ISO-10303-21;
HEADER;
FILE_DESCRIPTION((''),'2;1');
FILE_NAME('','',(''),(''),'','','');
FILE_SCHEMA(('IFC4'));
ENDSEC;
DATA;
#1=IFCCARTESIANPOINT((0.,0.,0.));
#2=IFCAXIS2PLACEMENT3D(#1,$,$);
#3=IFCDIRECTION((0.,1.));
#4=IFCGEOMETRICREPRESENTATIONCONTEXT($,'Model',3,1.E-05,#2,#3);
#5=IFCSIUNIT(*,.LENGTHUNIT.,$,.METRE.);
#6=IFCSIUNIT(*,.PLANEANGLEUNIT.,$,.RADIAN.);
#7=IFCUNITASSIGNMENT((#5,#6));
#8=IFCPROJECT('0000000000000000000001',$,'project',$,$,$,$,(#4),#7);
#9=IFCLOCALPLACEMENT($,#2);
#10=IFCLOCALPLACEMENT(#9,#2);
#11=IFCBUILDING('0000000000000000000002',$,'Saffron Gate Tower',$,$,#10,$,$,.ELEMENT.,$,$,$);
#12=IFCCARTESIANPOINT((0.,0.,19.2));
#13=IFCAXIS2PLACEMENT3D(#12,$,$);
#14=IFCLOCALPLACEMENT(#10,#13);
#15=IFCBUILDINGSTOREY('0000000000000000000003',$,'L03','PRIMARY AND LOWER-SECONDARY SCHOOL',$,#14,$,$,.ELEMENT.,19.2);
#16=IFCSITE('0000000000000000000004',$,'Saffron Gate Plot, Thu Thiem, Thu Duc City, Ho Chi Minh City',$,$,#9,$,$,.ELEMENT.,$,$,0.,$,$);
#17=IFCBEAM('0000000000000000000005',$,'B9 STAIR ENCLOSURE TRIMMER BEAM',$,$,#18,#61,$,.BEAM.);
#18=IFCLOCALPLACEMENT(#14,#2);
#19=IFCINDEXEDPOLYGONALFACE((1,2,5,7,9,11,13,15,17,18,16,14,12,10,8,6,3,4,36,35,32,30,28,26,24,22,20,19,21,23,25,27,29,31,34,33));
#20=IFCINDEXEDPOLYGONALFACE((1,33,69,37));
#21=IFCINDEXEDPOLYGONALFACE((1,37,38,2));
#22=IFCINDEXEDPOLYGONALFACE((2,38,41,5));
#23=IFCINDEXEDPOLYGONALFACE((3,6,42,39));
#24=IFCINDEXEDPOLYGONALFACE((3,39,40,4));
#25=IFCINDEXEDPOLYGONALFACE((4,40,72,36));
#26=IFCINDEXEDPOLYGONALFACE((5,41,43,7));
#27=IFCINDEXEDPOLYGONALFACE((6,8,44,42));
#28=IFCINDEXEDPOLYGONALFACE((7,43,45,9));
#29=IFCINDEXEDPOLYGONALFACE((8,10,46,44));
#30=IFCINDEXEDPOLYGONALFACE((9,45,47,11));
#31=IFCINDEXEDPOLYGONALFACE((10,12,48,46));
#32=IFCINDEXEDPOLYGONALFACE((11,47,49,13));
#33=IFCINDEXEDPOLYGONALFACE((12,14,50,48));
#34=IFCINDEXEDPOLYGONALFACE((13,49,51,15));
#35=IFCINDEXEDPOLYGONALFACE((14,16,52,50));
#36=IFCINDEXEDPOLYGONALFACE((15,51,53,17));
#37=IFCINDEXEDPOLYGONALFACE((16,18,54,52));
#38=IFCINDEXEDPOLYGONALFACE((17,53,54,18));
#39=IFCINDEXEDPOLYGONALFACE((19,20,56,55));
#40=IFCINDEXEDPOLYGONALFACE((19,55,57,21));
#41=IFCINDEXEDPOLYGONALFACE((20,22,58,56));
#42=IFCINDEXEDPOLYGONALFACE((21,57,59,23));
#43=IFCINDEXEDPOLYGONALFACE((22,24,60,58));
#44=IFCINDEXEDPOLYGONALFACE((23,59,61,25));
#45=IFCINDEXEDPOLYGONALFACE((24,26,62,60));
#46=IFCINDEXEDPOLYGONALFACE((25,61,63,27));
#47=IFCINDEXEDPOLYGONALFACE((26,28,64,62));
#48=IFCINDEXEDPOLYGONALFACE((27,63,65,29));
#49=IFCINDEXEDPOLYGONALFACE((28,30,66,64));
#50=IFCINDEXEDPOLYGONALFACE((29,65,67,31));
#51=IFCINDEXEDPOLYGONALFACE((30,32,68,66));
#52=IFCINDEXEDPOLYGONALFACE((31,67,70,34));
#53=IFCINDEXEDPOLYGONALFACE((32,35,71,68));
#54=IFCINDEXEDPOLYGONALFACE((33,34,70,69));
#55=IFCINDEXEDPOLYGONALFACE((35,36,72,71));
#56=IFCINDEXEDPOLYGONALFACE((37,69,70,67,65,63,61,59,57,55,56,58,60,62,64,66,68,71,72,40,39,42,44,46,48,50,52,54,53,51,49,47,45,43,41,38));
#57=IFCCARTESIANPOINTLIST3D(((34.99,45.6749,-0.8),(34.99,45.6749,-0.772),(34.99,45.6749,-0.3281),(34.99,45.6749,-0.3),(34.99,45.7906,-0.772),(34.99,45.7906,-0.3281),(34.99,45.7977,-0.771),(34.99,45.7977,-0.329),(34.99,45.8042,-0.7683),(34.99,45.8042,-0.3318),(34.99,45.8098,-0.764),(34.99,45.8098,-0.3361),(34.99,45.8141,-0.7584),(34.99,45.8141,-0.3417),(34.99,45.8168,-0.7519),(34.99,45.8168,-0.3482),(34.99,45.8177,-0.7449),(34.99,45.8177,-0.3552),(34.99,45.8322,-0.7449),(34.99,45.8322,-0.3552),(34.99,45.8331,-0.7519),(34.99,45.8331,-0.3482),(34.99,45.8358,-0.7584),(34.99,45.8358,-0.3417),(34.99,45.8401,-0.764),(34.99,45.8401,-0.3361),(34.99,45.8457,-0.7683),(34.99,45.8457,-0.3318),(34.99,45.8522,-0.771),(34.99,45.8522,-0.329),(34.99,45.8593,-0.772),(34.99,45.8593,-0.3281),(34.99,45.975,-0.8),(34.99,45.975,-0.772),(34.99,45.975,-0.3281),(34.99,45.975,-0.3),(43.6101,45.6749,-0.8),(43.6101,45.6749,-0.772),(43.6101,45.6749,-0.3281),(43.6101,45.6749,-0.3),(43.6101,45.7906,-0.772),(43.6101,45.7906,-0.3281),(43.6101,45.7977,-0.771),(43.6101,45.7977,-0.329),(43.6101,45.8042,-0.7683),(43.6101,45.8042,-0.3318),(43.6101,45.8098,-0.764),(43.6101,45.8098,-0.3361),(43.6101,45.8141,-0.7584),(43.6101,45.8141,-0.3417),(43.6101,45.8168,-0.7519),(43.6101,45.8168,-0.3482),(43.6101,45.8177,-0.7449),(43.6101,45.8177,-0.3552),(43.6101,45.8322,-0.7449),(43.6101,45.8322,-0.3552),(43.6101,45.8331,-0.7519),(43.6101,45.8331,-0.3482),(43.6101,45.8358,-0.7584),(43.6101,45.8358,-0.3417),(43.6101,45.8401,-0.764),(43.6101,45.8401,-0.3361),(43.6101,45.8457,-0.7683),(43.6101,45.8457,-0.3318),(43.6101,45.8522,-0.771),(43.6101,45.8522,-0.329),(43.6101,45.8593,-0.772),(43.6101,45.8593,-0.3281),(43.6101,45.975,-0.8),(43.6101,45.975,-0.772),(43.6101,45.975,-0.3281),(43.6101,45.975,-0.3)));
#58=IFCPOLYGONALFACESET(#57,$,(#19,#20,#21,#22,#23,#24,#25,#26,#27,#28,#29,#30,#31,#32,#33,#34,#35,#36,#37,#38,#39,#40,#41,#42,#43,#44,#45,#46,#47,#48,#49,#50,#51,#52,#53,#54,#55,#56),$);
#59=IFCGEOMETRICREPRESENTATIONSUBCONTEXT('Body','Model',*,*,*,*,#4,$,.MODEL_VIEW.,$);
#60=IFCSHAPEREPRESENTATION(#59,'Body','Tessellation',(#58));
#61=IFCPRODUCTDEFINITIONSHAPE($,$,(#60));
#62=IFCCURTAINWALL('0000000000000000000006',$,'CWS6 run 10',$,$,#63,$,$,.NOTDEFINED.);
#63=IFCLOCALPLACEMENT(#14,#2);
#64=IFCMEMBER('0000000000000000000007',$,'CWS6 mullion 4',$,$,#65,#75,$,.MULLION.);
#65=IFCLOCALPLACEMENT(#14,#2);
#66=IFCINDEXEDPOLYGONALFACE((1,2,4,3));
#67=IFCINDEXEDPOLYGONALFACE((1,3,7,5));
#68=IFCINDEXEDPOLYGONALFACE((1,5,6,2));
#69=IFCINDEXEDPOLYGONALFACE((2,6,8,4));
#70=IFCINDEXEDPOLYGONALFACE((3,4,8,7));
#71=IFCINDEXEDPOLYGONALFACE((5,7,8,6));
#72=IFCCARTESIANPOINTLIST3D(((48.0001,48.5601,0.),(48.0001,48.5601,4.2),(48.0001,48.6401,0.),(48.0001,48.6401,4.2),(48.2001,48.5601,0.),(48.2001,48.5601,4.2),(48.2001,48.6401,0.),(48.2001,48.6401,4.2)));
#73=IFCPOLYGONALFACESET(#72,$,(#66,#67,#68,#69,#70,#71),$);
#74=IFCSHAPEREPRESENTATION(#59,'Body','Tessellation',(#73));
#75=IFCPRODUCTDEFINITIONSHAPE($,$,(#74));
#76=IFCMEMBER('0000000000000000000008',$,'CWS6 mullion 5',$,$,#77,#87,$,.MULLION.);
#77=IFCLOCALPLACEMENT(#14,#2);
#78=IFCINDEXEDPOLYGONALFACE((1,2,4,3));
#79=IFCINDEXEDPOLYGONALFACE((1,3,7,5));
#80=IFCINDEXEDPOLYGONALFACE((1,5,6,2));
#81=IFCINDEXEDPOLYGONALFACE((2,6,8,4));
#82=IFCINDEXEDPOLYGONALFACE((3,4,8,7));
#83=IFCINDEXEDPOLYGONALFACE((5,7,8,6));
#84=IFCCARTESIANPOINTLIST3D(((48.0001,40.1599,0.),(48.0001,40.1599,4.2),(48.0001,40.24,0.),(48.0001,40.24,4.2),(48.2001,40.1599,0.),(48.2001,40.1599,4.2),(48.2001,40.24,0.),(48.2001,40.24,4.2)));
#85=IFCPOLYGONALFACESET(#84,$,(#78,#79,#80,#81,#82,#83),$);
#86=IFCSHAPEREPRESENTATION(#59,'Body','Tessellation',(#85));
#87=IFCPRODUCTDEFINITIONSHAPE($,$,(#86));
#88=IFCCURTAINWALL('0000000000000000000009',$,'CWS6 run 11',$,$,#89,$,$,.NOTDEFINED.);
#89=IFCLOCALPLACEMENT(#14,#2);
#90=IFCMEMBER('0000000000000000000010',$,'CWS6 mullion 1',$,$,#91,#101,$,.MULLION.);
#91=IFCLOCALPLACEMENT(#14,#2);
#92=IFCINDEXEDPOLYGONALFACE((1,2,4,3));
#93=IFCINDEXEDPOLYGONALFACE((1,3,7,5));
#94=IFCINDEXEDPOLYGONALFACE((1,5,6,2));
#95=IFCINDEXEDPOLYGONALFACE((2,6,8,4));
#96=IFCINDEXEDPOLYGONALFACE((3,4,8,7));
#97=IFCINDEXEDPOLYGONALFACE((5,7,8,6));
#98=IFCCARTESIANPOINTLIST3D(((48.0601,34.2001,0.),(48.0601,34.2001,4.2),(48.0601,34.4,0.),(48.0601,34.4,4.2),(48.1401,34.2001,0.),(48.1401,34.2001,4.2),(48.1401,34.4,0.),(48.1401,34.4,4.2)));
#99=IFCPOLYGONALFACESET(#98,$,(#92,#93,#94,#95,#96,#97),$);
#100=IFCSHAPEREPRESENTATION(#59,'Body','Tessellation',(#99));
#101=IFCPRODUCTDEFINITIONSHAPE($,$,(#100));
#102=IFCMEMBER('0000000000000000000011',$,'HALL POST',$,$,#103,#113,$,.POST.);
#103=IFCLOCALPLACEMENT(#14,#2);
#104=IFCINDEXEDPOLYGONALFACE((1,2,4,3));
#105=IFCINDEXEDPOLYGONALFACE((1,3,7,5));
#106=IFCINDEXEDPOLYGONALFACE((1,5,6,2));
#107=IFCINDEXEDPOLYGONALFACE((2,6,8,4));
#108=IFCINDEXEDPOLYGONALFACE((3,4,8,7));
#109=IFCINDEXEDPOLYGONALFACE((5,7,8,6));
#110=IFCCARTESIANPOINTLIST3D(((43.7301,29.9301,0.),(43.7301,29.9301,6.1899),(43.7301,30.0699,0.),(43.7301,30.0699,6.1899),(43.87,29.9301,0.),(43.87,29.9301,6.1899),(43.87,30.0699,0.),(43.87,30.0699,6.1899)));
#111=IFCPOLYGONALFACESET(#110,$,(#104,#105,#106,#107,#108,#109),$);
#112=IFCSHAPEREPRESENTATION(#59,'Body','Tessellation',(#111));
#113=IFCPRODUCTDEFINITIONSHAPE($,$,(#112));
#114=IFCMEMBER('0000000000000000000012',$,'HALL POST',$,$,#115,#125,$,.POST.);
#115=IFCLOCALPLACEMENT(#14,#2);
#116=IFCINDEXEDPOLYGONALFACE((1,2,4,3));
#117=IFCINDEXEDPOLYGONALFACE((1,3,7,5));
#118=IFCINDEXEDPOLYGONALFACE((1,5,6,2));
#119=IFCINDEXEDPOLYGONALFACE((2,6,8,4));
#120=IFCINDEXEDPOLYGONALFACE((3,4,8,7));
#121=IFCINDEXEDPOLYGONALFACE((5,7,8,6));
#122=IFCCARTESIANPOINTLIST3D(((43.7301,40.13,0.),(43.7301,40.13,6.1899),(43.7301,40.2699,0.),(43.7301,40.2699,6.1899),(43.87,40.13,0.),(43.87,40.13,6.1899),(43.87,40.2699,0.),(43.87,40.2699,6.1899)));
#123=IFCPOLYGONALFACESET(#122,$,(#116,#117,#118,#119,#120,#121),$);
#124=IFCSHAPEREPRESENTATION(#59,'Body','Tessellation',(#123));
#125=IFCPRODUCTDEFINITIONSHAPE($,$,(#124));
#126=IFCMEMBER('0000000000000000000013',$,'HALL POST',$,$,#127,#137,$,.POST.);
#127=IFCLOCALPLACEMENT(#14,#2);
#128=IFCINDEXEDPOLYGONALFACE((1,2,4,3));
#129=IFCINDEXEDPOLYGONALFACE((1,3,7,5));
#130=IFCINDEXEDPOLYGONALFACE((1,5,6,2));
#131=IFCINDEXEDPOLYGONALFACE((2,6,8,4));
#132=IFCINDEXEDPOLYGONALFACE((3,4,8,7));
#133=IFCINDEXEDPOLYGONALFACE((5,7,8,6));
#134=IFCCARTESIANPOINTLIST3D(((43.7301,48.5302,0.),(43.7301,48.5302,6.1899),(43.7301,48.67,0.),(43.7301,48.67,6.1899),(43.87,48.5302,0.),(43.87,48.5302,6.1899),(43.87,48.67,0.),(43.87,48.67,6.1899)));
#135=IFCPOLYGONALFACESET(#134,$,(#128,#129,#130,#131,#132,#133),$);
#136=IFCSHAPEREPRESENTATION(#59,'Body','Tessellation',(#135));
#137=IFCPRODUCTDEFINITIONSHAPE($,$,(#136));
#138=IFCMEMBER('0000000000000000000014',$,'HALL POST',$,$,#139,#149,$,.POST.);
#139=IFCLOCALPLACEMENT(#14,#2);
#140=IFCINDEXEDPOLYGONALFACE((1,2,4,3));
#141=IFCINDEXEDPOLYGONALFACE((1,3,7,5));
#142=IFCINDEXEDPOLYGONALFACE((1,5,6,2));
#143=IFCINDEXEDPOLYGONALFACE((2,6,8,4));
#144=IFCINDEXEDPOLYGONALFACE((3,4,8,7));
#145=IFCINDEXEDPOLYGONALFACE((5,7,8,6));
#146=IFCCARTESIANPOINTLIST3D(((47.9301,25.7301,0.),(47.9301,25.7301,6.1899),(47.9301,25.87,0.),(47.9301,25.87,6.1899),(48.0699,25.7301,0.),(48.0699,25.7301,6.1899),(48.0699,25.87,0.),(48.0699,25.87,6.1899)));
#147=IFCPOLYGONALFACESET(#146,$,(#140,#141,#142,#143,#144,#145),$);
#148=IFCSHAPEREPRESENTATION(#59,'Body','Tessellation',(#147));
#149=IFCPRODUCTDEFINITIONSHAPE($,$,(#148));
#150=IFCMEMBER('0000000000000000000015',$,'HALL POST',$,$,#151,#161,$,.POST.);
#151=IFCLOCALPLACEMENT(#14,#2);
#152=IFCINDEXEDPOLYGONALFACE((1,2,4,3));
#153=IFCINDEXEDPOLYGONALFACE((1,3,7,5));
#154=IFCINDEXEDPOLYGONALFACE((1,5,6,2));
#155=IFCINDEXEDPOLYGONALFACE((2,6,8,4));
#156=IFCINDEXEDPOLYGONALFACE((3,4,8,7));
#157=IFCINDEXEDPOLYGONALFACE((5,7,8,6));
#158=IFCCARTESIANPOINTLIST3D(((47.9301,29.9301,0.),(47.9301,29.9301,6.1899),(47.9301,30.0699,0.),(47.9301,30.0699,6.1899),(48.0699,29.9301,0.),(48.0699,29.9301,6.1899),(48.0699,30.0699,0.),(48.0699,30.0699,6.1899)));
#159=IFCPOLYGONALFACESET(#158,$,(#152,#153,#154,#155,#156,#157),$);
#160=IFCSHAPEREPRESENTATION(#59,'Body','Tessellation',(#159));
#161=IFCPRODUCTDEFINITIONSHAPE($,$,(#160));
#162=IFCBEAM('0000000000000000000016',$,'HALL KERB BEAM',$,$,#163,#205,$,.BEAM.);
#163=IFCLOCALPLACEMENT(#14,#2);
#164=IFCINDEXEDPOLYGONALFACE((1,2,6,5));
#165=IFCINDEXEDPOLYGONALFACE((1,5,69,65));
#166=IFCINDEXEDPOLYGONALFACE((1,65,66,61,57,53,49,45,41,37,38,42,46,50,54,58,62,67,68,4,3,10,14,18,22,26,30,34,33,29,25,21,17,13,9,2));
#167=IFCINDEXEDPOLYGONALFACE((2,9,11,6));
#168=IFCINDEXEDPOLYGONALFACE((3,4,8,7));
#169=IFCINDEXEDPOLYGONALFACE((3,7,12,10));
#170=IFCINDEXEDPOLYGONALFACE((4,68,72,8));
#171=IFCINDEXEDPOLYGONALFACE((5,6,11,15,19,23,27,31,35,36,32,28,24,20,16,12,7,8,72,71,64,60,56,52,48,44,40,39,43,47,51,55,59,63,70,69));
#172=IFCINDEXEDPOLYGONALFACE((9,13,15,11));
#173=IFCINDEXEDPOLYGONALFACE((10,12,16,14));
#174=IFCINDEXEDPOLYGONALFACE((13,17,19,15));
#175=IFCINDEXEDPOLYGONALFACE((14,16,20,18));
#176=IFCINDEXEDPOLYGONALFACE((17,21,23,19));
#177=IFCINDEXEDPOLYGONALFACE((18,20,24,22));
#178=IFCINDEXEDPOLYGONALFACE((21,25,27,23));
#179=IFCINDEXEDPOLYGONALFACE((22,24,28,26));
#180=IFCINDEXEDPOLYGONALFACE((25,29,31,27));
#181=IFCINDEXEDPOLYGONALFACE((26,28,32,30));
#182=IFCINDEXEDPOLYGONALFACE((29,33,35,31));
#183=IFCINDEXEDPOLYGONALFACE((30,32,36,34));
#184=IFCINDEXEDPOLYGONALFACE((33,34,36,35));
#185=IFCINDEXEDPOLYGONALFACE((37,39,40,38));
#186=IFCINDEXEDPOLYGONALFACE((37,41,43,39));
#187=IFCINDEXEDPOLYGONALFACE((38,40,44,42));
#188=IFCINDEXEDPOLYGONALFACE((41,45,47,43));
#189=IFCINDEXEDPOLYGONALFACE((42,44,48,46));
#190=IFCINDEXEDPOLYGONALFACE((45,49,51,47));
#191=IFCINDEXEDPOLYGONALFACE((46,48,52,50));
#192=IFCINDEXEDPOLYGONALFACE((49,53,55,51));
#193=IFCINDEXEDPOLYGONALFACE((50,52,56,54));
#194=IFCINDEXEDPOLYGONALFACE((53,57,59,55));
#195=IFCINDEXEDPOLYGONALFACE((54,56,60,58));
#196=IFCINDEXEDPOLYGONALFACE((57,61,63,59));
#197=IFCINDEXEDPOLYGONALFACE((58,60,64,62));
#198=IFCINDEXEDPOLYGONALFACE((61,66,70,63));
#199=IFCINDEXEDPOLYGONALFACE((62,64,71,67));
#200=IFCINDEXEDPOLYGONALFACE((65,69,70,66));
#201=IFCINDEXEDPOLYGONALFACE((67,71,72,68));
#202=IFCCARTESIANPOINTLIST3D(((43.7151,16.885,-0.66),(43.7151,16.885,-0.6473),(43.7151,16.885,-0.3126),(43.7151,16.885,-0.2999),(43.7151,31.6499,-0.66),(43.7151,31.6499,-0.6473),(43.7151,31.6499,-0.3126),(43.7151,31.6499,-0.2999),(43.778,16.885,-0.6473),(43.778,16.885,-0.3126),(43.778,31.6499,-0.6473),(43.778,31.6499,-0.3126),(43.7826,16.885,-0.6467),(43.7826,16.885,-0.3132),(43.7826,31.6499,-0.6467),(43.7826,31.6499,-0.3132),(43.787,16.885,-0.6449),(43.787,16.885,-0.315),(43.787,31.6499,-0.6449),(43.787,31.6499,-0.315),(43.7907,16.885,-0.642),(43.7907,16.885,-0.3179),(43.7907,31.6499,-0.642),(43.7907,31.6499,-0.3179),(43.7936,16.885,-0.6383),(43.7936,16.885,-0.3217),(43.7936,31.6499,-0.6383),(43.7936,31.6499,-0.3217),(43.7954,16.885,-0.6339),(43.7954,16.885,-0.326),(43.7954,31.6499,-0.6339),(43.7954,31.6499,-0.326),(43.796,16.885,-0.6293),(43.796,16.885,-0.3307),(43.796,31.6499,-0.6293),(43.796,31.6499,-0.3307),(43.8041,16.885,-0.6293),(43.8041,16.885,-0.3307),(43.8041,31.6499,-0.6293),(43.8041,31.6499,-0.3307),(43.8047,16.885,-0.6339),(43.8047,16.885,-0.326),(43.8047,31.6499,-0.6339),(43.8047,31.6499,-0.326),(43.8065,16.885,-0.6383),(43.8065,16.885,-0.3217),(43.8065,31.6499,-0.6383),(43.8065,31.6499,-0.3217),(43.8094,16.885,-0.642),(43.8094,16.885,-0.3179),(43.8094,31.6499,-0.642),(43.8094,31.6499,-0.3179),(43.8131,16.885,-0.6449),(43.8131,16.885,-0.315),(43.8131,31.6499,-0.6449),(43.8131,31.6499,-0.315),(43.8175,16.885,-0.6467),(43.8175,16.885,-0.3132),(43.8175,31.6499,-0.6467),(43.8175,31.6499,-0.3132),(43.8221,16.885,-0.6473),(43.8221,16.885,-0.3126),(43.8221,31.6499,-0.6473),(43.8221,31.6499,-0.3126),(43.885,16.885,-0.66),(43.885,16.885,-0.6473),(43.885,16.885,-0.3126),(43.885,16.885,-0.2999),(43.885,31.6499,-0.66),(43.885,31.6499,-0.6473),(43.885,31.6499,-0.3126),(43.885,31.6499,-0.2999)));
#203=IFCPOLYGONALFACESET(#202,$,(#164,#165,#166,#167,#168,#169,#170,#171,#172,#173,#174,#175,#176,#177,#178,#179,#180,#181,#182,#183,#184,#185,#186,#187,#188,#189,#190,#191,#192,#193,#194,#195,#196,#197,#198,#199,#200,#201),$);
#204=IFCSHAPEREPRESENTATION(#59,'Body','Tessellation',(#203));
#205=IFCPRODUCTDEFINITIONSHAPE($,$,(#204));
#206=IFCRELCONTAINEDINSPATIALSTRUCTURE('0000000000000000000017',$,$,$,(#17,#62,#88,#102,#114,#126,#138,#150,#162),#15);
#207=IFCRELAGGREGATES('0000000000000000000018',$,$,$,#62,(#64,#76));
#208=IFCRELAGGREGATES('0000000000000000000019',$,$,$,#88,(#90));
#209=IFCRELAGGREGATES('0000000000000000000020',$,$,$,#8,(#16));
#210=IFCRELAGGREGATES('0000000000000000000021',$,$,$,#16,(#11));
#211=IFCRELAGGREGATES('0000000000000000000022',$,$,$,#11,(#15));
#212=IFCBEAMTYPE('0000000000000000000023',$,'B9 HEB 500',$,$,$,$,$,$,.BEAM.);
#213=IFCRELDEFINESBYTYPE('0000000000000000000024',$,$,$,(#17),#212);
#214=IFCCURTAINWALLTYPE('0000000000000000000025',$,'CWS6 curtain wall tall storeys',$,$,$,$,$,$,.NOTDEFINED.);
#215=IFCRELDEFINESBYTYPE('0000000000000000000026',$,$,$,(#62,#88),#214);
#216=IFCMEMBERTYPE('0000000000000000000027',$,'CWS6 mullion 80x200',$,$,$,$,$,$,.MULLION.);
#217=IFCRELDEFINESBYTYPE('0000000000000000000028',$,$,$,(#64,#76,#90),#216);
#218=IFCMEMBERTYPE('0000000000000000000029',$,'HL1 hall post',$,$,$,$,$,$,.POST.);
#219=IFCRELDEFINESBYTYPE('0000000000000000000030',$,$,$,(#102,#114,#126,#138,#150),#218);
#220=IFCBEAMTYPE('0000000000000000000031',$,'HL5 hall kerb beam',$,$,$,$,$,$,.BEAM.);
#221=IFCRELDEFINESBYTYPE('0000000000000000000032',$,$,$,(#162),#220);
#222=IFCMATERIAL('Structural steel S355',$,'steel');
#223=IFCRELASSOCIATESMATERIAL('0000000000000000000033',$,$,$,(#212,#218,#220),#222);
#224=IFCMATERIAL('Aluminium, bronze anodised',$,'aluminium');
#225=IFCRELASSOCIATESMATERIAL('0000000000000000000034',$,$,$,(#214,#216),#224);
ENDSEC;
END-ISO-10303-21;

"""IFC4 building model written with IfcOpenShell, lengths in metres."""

from ifc_helpers import new_model, si_unit, direction, frame, origin, origin_2d, place, context, subcontext, project, spatial, rectangle, i_section, extrude, material, material_profile, profile_set, type_object, element, aggregate, save


model = new_model("IFC4")

# Units and contexts
model_context = context("Model", 3, precision=1e-05, world=origin(), true_north=direction((0.0, 1.0)))
body_context = subcontext(model_context, "Body", "Model", "MODEL_VIEW")
ifc_project = project(units=[si_unit("LENGTHUNIT", "METRE"), si_unit("PLANEANGLEUNIT", "RADIAN")], contexts=[model_context])

# Site, building, storey
site_placement = place(None, origin())
site = spatial("IfcSite", under=ifc_project, at=site_placement, Name="Saffron Gate Plot, Thu Thiem, Thu Duc City, Ho Chi Minh City", CompositionType="ELEMENT", RefElevation=0.0)
building_placement = place(site_placement, origin())
building = spatial("IfcBuilding", under=site, at=building_placement, Name="Saffron Gate Tower", CompositionType="ELEMENT")
storey_placement = place(building_placement, frame((0.0, 0.0, 19.2)))
storey = spatial("IfcBuildingStorey", under=building, at=storey_placement, Name="L03", Description="PRIMARY AND LOWER-SECONDARY SCHOOL", CompositionType="ELEMENT", Elevation=19.2)

# Beam
ifc_material_1 = material(Name="Structural steel S355", Category="steel")
ifc_material_profile_1 = material_profile(ifc_material_1, i_section(OverallWidth=0.3, OverallDepth=0.5, WebThickness=0.0144, FlangeThickness=0.0281, FilletRadius=0.0271, at=origin_2d()))
ifc_profile_set_1 = profile_set([ifc_material_profile_1], Name="Structural steel S355")
beam_type_1 = type_object("IfcBeamType", Name="B9 HEB 500", PredefinedType="BEAM", material=ifc_profile_set_1)
for number, where, z_axis, x_axis, name in (
    (1, (34.99, 45.825, -0.55), (1.0, 0.0, 0.0), (0.0, 1.0, 0.0), "B9 STAIR ENCLOSURE TRIMMER BEAM"),
):
    element("IfcBeam", number, at=place(storey_placement, frame(where, z_axis=z_axis, x_axis=x_axis)), inside=storey, type_object=beam_type_1, Name=name, PredefinedType="BEAM", context=body_context, shape_type="SweptSolid", body=[
        extrude(i_section(OverallWidth=0.3, OverallDepth=0.5, WebThickness=0.0144, FlangeThickness=0.0281, FilletRadius=0.0271, at=origin_2d()), origin(), (0.0, 0.0, 1.0), 8.6201),
    ])

# Curtain wall, members
ifc_material_2 = material(Name="Aluminium, bronze anodised", Category="aluminium")
curtain_wall_type = type_object("IfcCurtainWallType", Name="CWS6 curtain wall tall storeys", PredefinedType="NOTDEFINED", material=ifc_material_2)
curtain_wall_1_placement = place(storey_placement, origin())
curtain_wall_1 = element("IfcCurtainWall", 2, at=curtain_wall_1_placement, inside=storey, type_object=curtain_wall_type, Name="CWS6 run 10", PredefinedType="NOTDEFINED")
ifc_material_profile_2 = material_profile(ifc_material_2, rectangle(XDim=0.2, YDim=0.0801, at=origin_2d()))
ifc_profile_set_2 = profile_set([ifc_material_profile_2], Name="Aluminium, bronze anodised")
member_type_1 = type_object("IfcMemberType", Name="CWS6 mullion 80x200", PredefinedType="MULLION", material=ifc_profile_set_2)
member_1_placement = place(storey_placement, frame((48.1001, 48.6001, 0.0), z_axis=(0.0, 0.0, 1.0), x_axis=(1.0, 0.0, 0.0)))
member_1 = element("IfcMember", 3, at=member_1_placement, type_object=member_type_1, Name="CWS6 mullion 4", PredefinedType="MULLION", context=body_context, shape_type="SweptSolid", body=[
    extrude(rectangle(XDim=0.2, YDim=0.0801, at=origin_2d()), origin(), (0.0, 0.0, 1.0), 4.2),
])
member_2_placement = place(storey_placement, frame((48.1001, 40.2, 0.0), z_axis=(0.0, 0.0, 1.0), x_axis=(1.0, 0.0, 0.0)))
member_2 = element("IfcMember", 4, at=member_2_placement, type_object=member_type_1, Name="CWS6 mullion 5", PredefinedType="MULLION", context=body_context, shape_type="SweptSolid", body=[
    extrude(rectangle(XDim=0.2, YDim=0.0801, at=origin_2d()), origin(), (0.0, 0.0, 1.0), 4.2),
])

# Curtain wall, member
curtain_wall_2_placement = place(storey_placement, origin())
curtain_wall_2 = element("IfcCurtainWall", 5, at=curtain_wall_2_placement, inside=storey, type_object=curtain_wall_type, Name="CWS6 run 11", PredefinedType="NOTDEFINED")
member_3_placement = place(storey_placement, frame((48.1001, 34.3, 0.0), z_axis=(0.0, 0.0, 1.0), x_axis=(0.0, 1.0, 0.0)))
member_3 = element("IfcMember", 6, at=member_3_placement, type_object=member_type_1, Name="CWS6 mullion 1", PredefinedType="MULLION", context=body_context, shape_type="SweptSolid", body=[
    extrude(rectangle(XDim=0.2, YDim=0.0801, at=origin_2d()), origin(), (0.0, 0.0, 1.0), 4.2),
])

# Members
ifc_material_profile_3 = material_profile(ifc_material_1, rectangle(XDim=0.1399, YDim=0.1399, at=origin_2d()))
ifc_profile_set_3 = profile_set([ifc_material_profile_3], Name="Structural steel S355")
member_type_2 = type_object("IfcMemberType", Name="HL1 hall post", PredefinedType="POST", material=ifc_profile_set_3)
for number, where, z_axis, x_axis, name in (
    (7, (43.8, 30.0, 0.0), (0.0, 0.0, 1.0), (1.0, 0.0, 0.0), "HALL POST"),
    (8, (43.8, 40.2, 0.0), (0.0, 0.0, 1.0), (1.0, 0.0, 0.0), "HALL POST"),
    (9, (43.8, 48.6001, 0.0), (0.0, 0.0, 1.0), (1.0, 0.0, 0.0), "HALL POST"),
    (10, (48.0, 25.8, 0.0), (0.0, 0.0, 1.0), (1.0, 0.0, 0.0), "HALL POST"),
    (11, (48.0, 30.0, 0.0), (0.0, 0.0, 1.0), (1.0, 0.0, 0.0), "HALL POST"),
):
    element("IfcMember", number, at=place(storey_placement, frame(where, z_axis=z_axis, x_axis=x_axis)), inside=storey, type_object=member_type_2, Name=name, PredefinedType="POST", context=body_context, shape_type="SweptSolid", body=[
        extrude(rectangle(XDim=0.1399, YDim=0.1399, at=origin_2d()), origin(), (0.0, 0.0, 1.0), 6.1899),
    ])

# Beam
ifc_material_profile_4 = material_profile(ifc_material_1, i_section(OverallWidth=0.1699, OverallDepth=0.3601, WebThickness=0.0081, FlangeThickness=0.0127, FilletRadius=0.0181, at=origin_2d()))
ifc_profile_set_4 = profile_set([ifc_material_profile_4], Name="Structural steel S355")
beam_type_2 = type_object("IfcBeamType", Name="HL5 hall kerb beam", PredefinedType="BEAM", material=ifc_profile_set_4)
for number, where, z_axis, x_axis, name in (
    (12, (43.8, 16.885, -0.48), (0.0, 1.0, 0.0), (-1.0, 0.0, 0.0), "HALL KERB BEAM"),
):
    element("IfcBeam", number, at=place(storey_placement, frame(where, z_axis=z_axis, x_axis=x_axis)), inside=storey, type_object=beam_type_2, Name=name, PredefinedType="BEAM", context=body_context, shape_type="SweptSolid", body=[
        extrude(i_section(OverallWidth=0.1699, OverallDepth=0.3601, WebThickness=0.0081, FlangeThickness=0.0127, FilletRadius=0.0181, at=origin_2d()), origin(), (0.0, 0.0, 1.0), 14.7649),
    ])

aggregate(curtain_wall_1, [member_1, member_2])

aggregate(curtain_wall_2, [member_3])

save(model, "model.ifc")
